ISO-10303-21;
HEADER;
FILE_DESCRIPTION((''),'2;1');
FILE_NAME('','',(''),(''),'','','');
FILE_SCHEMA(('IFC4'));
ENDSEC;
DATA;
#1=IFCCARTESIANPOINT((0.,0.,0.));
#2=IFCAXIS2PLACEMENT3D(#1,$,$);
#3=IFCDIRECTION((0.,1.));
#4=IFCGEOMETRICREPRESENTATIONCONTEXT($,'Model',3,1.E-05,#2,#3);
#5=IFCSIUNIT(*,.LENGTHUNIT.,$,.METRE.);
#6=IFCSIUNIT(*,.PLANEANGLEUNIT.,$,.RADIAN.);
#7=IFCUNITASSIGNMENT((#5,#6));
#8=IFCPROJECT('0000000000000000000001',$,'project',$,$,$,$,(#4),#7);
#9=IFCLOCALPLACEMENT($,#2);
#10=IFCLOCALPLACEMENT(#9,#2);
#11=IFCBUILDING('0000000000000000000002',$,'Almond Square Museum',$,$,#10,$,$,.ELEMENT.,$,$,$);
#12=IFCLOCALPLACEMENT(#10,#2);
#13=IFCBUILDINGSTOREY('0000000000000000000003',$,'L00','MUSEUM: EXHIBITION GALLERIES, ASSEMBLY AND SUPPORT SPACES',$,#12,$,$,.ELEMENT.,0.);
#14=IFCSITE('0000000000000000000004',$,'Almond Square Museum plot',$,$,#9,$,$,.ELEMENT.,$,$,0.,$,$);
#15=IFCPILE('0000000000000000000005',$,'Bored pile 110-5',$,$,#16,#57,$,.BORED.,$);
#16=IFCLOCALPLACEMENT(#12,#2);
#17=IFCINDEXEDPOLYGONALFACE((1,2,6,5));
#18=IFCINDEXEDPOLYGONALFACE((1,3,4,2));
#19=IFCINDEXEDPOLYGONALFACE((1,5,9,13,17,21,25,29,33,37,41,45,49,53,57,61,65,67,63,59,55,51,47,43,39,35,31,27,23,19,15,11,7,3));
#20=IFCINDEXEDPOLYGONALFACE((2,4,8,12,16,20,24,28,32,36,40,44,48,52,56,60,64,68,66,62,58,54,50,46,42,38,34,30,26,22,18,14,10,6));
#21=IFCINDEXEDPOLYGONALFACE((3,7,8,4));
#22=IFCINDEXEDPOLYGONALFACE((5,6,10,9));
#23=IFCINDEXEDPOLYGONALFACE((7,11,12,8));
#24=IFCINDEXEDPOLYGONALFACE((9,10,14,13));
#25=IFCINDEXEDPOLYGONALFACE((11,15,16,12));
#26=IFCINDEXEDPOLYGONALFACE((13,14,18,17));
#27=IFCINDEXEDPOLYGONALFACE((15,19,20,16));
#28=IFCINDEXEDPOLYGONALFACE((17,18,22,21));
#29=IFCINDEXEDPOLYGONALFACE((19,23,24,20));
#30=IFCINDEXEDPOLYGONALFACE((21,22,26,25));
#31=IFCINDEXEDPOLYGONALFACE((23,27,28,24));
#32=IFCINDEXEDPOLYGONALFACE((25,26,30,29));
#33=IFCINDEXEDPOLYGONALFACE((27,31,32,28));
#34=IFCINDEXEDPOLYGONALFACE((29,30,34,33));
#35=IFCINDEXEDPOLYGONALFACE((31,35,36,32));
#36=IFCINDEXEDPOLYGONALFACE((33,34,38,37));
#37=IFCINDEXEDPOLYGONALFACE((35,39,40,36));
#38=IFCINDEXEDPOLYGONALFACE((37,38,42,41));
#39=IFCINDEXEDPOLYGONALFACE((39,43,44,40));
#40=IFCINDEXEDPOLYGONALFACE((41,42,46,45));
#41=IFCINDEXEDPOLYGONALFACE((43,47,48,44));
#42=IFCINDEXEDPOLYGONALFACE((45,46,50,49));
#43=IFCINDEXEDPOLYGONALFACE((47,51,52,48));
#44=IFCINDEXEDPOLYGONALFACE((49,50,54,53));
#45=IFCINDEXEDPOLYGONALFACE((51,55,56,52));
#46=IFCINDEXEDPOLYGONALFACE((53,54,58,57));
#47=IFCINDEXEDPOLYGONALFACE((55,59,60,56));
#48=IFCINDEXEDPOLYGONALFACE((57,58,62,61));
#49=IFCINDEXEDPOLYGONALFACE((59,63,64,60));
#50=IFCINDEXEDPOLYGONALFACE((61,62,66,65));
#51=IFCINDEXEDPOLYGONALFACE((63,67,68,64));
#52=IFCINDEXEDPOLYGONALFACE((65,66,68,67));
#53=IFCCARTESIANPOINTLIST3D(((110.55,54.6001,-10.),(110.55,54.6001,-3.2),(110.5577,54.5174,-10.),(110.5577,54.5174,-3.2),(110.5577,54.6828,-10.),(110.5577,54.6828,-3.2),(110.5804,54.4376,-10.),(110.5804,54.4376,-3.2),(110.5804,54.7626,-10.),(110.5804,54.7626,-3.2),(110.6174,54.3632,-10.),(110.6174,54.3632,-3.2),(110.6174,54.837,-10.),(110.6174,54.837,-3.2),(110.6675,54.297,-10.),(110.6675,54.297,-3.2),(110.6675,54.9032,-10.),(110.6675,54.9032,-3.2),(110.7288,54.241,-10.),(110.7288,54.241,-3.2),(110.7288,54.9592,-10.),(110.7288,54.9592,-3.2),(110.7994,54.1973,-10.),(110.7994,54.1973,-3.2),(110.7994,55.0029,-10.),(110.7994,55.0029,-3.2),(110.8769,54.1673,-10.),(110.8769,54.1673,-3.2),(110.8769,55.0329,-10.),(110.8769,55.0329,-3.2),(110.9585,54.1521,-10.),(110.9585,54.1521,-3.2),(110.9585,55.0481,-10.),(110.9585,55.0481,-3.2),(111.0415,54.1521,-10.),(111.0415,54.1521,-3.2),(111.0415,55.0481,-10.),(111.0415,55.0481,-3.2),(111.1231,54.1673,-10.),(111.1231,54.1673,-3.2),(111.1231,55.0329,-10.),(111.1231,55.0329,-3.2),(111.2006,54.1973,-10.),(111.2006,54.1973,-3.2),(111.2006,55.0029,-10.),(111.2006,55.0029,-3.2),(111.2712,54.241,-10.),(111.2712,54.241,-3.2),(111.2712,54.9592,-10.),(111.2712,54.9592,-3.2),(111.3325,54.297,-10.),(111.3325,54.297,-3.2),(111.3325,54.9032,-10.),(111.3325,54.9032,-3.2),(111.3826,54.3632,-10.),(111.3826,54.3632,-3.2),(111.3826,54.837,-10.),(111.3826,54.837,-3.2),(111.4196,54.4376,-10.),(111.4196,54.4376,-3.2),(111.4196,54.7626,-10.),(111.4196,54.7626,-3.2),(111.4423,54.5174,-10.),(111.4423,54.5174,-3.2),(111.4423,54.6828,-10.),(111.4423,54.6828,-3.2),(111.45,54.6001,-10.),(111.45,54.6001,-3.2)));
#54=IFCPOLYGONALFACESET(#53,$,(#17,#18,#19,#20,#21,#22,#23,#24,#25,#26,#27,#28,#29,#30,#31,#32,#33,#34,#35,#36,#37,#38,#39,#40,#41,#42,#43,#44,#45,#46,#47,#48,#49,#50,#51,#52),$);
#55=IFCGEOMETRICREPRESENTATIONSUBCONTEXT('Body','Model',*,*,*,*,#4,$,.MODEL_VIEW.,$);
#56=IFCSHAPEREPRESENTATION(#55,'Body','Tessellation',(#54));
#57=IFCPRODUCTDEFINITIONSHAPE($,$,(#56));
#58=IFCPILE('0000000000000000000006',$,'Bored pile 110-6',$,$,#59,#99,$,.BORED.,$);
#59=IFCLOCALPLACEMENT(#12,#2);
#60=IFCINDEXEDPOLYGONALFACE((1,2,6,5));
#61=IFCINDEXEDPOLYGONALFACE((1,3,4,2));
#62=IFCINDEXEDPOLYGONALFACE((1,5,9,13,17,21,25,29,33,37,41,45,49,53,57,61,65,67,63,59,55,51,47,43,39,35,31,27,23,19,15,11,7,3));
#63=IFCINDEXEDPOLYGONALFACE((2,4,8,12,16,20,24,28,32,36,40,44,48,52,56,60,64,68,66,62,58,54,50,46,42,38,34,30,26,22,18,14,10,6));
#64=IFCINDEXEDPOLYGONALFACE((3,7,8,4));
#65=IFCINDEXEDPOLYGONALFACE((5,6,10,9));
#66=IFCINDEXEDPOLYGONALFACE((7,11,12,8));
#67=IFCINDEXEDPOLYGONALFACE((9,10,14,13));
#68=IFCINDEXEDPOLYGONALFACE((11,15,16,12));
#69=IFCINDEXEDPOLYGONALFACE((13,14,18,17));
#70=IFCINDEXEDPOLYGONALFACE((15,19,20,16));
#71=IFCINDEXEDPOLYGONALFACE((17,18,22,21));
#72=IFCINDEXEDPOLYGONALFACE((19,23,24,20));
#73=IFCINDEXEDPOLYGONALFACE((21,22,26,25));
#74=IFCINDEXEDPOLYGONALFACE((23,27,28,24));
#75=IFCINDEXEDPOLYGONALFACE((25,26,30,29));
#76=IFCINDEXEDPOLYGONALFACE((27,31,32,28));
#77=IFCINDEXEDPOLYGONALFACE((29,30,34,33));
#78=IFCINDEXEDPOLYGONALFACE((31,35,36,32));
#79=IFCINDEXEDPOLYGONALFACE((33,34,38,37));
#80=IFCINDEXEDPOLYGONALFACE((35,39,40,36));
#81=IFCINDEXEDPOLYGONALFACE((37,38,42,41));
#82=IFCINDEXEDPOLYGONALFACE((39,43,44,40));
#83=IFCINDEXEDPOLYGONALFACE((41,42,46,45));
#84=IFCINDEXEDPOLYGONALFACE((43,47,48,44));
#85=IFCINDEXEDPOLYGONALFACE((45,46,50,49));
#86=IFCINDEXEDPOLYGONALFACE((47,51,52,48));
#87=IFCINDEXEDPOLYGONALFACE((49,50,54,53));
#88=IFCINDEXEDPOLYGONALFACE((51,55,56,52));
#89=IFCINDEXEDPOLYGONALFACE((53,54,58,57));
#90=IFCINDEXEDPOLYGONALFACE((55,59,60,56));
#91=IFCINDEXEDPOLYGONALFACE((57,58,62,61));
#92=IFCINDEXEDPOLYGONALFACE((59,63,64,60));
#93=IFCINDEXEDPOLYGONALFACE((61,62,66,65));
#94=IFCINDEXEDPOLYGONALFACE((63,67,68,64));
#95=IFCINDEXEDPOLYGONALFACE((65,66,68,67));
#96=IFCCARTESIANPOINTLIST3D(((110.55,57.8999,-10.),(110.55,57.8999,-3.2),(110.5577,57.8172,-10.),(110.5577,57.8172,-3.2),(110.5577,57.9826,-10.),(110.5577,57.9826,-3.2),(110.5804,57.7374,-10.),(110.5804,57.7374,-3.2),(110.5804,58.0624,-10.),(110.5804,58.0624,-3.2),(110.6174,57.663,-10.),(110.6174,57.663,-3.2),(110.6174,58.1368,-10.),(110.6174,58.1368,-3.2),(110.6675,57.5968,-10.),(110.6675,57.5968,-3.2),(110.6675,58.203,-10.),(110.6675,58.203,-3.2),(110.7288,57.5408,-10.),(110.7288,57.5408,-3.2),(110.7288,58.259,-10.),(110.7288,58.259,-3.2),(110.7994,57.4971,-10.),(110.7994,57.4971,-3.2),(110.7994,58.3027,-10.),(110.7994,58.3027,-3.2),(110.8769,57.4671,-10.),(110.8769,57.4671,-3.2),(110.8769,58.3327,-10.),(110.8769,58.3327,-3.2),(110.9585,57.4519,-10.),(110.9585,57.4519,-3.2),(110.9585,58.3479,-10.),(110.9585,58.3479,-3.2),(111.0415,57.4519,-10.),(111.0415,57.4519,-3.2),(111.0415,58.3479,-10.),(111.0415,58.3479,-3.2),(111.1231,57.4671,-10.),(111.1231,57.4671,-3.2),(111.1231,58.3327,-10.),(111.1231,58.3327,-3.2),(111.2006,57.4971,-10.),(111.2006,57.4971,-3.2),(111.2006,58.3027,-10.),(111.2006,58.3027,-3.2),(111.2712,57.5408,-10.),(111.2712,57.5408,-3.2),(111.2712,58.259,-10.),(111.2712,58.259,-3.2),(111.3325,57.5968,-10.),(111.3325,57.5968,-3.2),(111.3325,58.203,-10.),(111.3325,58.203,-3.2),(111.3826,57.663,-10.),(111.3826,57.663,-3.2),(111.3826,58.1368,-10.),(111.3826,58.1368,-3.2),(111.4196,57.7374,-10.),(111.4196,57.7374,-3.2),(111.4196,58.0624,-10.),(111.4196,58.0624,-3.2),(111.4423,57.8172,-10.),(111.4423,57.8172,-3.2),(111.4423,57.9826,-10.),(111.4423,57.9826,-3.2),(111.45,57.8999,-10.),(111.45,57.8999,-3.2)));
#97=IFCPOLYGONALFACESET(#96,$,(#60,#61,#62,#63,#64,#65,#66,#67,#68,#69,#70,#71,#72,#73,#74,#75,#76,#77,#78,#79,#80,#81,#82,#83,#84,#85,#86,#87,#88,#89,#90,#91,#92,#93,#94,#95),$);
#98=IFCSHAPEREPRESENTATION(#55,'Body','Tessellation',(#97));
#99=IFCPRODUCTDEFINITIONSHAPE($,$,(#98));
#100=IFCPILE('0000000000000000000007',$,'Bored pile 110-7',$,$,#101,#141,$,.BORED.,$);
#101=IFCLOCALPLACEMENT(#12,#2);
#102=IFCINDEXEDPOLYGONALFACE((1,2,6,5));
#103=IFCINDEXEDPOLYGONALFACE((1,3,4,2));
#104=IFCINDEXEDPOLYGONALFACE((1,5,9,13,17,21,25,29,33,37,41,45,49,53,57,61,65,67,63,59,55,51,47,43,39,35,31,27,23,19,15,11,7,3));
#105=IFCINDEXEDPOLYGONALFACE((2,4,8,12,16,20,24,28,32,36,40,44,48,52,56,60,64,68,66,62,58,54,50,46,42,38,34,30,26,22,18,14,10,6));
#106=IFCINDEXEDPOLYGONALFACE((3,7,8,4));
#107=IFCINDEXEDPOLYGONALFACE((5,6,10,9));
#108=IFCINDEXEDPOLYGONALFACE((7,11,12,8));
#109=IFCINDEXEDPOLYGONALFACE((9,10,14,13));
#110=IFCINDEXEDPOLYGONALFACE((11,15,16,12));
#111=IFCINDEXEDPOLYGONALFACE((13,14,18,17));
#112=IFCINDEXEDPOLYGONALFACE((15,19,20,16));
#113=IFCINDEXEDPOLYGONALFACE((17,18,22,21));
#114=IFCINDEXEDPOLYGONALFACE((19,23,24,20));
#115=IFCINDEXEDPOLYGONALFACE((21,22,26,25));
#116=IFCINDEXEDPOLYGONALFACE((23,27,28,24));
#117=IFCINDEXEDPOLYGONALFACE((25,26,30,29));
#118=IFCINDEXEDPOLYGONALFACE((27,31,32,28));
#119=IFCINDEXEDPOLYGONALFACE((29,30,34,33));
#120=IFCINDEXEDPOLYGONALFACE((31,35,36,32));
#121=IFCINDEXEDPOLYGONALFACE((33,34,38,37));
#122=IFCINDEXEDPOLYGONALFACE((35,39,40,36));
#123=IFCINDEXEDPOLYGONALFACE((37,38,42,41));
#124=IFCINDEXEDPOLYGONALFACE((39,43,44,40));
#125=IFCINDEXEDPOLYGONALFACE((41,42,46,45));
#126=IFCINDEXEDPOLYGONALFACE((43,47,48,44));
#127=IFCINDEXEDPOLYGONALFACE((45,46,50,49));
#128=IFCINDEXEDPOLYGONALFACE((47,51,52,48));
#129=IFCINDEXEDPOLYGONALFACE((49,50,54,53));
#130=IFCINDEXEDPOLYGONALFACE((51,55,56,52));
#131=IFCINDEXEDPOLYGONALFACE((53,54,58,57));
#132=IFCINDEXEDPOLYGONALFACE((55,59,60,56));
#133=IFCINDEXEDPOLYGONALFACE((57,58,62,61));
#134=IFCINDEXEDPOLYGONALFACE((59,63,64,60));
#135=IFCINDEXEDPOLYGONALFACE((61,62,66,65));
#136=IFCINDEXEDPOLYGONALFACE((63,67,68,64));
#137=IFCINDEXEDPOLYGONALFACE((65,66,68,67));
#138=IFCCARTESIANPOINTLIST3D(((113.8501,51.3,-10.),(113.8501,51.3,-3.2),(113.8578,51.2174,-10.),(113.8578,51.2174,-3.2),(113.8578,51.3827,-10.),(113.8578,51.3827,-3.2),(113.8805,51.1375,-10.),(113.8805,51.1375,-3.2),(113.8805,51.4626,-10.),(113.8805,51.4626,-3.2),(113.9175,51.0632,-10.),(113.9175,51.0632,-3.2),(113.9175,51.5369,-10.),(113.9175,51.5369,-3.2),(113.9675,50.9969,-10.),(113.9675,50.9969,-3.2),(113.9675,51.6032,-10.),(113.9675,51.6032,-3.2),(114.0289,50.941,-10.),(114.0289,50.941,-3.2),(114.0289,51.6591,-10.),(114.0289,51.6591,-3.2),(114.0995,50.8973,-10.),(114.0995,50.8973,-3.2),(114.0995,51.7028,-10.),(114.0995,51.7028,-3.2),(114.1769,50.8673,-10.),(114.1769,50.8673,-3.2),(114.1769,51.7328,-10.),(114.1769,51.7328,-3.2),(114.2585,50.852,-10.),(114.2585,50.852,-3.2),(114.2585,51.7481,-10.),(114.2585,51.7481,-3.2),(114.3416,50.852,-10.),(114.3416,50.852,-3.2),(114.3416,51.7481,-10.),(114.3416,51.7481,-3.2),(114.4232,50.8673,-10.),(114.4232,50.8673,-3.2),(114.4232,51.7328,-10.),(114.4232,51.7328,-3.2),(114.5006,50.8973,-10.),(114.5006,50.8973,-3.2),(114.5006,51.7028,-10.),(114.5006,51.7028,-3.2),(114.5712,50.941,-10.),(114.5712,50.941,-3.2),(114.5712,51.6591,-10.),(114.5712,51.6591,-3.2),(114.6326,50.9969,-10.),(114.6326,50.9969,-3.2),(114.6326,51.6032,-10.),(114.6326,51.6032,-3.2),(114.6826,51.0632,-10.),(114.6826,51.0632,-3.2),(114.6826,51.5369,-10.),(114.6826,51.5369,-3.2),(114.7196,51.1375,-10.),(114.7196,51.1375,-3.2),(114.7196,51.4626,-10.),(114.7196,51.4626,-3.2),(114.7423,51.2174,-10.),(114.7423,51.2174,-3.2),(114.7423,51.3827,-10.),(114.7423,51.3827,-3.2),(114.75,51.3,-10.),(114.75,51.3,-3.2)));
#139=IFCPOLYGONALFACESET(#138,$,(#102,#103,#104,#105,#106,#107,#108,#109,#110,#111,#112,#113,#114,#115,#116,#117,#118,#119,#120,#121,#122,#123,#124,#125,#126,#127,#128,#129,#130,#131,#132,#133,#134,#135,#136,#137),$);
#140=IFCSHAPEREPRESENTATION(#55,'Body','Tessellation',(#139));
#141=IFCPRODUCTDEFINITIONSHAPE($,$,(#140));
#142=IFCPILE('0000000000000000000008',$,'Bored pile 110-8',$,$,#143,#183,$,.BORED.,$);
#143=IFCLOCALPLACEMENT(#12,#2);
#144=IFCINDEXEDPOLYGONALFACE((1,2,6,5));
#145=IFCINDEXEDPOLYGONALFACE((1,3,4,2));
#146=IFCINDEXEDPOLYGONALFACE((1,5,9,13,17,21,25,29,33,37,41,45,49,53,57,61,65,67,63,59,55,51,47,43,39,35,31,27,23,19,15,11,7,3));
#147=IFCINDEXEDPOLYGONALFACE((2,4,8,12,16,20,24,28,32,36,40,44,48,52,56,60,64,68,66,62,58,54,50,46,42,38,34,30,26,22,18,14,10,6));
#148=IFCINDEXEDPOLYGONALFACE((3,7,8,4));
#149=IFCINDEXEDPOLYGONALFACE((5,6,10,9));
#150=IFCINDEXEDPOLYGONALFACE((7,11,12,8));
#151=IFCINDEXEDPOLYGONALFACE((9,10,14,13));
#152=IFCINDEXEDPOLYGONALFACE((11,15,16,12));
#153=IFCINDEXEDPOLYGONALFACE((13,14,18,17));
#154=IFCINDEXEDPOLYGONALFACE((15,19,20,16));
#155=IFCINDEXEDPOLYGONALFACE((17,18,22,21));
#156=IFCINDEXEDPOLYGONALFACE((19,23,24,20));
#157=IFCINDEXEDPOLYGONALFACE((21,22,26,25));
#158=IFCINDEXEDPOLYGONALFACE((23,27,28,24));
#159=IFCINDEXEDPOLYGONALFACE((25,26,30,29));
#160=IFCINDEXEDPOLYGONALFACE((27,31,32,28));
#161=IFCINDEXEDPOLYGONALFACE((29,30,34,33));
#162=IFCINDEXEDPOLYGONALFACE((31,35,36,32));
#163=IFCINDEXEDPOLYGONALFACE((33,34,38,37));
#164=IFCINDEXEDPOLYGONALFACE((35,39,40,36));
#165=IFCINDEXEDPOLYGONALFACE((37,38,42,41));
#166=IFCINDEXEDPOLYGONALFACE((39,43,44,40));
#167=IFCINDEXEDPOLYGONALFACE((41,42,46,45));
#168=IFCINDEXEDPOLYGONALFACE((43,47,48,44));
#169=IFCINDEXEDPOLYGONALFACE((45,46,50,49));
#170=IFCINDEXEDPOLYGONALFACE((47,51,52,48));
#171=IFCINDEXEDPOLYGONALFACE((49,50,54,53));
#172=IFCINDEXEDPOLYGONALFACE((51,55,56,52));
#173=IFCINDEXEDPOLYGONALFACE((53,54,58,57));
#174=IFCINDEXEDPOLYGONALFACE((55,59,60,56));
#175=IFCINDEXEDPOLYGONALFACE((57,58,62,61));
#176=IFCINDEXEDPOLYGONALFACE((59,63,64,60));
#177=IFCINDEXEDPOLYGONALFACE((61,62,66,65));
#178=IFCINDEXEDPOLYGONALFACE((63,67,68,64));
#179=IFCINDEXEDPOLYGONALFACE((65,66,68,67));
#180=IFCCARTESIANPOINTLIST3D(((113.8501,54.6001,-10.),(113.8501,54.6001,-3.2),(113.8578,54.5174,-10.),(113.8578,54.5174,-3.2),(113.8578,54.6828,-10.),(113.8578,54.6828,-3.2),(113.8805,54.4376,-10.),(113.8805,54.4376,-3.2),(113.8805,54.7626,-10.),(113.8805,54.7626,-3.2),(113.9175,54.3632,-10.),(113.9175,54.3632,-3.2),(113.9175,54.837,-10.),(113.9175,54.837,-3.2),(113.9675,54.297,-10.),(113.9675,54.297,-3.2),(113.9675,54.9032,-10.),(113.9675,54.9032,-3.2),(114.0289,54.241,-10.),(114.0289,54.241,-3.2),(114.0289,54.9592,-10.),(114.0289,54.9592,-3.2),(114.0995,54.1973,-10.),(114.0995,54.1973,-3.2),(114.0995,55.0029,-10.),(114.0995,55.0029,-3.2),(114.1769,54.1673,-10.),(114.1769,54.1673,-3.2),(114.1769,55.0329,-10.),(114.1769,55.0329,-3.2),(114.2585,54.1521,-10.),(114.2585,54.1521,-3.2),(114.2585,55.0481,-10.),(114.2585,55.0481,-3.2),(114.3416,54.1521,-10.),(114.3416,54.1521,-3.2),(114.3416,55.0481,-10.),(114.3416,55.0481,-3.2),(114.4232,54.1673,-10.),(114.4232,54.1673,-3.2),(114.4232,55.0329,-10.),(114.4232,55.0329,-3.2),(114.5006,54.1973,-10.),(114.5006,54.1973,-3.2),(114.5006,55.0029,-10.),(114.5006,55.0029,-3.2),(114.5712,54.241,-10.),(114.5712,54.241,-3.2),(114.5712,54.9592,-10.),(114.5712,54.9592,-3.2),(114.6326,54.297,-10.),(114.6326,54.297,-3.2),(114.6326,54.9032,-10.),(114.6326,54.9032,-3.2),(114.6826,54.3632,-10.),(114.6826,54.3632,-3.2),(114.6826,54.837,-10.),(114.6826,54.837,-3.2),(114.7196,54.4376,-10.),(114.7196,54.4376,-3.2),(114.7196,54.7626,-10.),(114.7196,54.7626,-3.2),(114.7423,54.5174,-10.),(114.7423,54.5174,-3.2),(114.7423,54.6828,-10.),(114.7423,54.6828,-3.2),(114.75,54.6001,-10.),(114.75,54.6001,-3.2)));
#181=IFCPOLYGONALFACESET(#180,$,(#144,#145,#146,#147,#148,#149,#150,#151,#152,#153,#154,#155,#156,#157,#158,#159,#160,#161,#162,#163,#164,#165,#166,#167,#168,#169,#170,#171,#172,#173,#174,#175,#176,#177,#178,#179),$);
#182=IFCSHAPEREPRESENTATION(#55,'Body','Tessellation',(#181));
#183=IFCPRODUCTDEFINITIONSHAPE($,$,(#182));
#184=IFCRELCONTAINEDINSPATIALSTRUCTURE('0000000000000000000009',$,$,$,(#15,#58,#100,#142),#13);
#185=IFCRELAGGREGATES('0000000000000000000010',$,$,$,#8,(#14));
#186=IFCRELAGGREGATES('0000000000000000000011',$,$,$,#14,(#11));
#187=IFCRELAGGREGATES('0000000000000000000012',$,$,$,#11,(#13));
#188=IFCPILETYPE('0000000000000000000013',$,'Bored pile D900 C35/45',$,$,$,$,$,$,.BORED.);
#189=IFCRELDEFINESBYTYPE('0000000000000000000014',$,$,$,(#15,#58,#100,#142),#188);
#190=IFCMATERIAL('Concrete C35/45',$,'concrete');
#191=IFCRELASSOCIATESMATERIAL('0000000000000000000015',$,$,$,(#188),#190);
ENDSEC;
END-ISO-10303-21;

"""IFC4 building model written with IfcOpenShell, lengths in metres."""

from ifc_helpers import new_model, si_unit, direction, frame, origin, origin_2d, place, context, subcontext, project, spatial, circle, extrude, material, material_profile, profile_set, type_object, element, save


model = new_model("IFC4")

# Units and contexts
model_context = context("Model", 3, precision=1e-05, world=origin(), true_north=direction((0.0, 1.0)))
body_context = subcontext(model_context, "Body", "Model", "MODEL_VIEW")
ifc_project = project(units=[si_unit("LENGTHUNIT", "METRE"), si_unit("PLANEANGLEUNIT", "RADIAN")], contexts=[model_context])

# Site, building, storey
site_placement = place(None, origin())
site = spatial("IfcSite", under=ifc_project, at=site_placement, Name="Almond Square Museum plot", CompositionType="ELEMENT", RefElevation=0.0)
building_placement = place(site_placement, origin())
building = spatial("IfcBuilding", under=site, at=building_placement, Name="Almond Square Museum", CompositionType="ELEMENT")
storey_placement = place(building_placement, origin())
storey = spatial("IfcBuildingStorey", under=building, at=storey_placement, Name="L00", Description="MUSEUM: EXHIBITION GALLERIES, ASSEMBLY AND SUPPORT SPACES", CompositionType="ELEMENT", Elevation=0.0)

# Piles
ifc_material_1 = material(Name="Concrete C35/45", Category="concrete")
ifc_material_profile_1 = material_profile(ifc_material_1, circle(Radius=0.45, at=origin_2d()))
ifc_profile_set_1 = profile_set([ifc_material_profile_1], Name="Concrete C35/45")
pile_type = type_object("IfcPileType", Name="Bored pile D900 C35/45", PredefinedType="BORED", material=ifc_profile_set_1)
for number, where, z_axis, x_axis, name in (
    (1, (111.0, 54.6001, -3.2), (0.0, 0.0, -1.0), (1.0, 0.0, 0.0), "Bored pile 110-5"),
    (2, (111.0, 57.8999, -3.2), (0.0, 0.0, -1.0), (1.0, 0.0, 0.0), "Bored pile 110-6"),
    (3, (114.3, 51.3, -3.2), (0.0, 0.0, -1.0), (1.0, 0.0, 0.0), "Bored pile 110-7"),
    (4, (114.3, 54.6001, -3.2), (0.0, 0.0, -1.0), (1.0, 0.0, 0.0), "Bored pile 110-8"),
):
    element("IfcPile", number, at=place(storey_placement, frame(where, z_axis=z_axis, x_axis=x_axis)), inside=storey, type_object=pile_type, Name=name, PredefinedType="BORED", context=body_context, shape_type="SweptSolid", body=[
        extrude(circle(Radius=0.45, at=origin_2d()), origin(), (0.0, 0.0, 1.0), 6.8),
    ])

save(model, "model.ifc")
